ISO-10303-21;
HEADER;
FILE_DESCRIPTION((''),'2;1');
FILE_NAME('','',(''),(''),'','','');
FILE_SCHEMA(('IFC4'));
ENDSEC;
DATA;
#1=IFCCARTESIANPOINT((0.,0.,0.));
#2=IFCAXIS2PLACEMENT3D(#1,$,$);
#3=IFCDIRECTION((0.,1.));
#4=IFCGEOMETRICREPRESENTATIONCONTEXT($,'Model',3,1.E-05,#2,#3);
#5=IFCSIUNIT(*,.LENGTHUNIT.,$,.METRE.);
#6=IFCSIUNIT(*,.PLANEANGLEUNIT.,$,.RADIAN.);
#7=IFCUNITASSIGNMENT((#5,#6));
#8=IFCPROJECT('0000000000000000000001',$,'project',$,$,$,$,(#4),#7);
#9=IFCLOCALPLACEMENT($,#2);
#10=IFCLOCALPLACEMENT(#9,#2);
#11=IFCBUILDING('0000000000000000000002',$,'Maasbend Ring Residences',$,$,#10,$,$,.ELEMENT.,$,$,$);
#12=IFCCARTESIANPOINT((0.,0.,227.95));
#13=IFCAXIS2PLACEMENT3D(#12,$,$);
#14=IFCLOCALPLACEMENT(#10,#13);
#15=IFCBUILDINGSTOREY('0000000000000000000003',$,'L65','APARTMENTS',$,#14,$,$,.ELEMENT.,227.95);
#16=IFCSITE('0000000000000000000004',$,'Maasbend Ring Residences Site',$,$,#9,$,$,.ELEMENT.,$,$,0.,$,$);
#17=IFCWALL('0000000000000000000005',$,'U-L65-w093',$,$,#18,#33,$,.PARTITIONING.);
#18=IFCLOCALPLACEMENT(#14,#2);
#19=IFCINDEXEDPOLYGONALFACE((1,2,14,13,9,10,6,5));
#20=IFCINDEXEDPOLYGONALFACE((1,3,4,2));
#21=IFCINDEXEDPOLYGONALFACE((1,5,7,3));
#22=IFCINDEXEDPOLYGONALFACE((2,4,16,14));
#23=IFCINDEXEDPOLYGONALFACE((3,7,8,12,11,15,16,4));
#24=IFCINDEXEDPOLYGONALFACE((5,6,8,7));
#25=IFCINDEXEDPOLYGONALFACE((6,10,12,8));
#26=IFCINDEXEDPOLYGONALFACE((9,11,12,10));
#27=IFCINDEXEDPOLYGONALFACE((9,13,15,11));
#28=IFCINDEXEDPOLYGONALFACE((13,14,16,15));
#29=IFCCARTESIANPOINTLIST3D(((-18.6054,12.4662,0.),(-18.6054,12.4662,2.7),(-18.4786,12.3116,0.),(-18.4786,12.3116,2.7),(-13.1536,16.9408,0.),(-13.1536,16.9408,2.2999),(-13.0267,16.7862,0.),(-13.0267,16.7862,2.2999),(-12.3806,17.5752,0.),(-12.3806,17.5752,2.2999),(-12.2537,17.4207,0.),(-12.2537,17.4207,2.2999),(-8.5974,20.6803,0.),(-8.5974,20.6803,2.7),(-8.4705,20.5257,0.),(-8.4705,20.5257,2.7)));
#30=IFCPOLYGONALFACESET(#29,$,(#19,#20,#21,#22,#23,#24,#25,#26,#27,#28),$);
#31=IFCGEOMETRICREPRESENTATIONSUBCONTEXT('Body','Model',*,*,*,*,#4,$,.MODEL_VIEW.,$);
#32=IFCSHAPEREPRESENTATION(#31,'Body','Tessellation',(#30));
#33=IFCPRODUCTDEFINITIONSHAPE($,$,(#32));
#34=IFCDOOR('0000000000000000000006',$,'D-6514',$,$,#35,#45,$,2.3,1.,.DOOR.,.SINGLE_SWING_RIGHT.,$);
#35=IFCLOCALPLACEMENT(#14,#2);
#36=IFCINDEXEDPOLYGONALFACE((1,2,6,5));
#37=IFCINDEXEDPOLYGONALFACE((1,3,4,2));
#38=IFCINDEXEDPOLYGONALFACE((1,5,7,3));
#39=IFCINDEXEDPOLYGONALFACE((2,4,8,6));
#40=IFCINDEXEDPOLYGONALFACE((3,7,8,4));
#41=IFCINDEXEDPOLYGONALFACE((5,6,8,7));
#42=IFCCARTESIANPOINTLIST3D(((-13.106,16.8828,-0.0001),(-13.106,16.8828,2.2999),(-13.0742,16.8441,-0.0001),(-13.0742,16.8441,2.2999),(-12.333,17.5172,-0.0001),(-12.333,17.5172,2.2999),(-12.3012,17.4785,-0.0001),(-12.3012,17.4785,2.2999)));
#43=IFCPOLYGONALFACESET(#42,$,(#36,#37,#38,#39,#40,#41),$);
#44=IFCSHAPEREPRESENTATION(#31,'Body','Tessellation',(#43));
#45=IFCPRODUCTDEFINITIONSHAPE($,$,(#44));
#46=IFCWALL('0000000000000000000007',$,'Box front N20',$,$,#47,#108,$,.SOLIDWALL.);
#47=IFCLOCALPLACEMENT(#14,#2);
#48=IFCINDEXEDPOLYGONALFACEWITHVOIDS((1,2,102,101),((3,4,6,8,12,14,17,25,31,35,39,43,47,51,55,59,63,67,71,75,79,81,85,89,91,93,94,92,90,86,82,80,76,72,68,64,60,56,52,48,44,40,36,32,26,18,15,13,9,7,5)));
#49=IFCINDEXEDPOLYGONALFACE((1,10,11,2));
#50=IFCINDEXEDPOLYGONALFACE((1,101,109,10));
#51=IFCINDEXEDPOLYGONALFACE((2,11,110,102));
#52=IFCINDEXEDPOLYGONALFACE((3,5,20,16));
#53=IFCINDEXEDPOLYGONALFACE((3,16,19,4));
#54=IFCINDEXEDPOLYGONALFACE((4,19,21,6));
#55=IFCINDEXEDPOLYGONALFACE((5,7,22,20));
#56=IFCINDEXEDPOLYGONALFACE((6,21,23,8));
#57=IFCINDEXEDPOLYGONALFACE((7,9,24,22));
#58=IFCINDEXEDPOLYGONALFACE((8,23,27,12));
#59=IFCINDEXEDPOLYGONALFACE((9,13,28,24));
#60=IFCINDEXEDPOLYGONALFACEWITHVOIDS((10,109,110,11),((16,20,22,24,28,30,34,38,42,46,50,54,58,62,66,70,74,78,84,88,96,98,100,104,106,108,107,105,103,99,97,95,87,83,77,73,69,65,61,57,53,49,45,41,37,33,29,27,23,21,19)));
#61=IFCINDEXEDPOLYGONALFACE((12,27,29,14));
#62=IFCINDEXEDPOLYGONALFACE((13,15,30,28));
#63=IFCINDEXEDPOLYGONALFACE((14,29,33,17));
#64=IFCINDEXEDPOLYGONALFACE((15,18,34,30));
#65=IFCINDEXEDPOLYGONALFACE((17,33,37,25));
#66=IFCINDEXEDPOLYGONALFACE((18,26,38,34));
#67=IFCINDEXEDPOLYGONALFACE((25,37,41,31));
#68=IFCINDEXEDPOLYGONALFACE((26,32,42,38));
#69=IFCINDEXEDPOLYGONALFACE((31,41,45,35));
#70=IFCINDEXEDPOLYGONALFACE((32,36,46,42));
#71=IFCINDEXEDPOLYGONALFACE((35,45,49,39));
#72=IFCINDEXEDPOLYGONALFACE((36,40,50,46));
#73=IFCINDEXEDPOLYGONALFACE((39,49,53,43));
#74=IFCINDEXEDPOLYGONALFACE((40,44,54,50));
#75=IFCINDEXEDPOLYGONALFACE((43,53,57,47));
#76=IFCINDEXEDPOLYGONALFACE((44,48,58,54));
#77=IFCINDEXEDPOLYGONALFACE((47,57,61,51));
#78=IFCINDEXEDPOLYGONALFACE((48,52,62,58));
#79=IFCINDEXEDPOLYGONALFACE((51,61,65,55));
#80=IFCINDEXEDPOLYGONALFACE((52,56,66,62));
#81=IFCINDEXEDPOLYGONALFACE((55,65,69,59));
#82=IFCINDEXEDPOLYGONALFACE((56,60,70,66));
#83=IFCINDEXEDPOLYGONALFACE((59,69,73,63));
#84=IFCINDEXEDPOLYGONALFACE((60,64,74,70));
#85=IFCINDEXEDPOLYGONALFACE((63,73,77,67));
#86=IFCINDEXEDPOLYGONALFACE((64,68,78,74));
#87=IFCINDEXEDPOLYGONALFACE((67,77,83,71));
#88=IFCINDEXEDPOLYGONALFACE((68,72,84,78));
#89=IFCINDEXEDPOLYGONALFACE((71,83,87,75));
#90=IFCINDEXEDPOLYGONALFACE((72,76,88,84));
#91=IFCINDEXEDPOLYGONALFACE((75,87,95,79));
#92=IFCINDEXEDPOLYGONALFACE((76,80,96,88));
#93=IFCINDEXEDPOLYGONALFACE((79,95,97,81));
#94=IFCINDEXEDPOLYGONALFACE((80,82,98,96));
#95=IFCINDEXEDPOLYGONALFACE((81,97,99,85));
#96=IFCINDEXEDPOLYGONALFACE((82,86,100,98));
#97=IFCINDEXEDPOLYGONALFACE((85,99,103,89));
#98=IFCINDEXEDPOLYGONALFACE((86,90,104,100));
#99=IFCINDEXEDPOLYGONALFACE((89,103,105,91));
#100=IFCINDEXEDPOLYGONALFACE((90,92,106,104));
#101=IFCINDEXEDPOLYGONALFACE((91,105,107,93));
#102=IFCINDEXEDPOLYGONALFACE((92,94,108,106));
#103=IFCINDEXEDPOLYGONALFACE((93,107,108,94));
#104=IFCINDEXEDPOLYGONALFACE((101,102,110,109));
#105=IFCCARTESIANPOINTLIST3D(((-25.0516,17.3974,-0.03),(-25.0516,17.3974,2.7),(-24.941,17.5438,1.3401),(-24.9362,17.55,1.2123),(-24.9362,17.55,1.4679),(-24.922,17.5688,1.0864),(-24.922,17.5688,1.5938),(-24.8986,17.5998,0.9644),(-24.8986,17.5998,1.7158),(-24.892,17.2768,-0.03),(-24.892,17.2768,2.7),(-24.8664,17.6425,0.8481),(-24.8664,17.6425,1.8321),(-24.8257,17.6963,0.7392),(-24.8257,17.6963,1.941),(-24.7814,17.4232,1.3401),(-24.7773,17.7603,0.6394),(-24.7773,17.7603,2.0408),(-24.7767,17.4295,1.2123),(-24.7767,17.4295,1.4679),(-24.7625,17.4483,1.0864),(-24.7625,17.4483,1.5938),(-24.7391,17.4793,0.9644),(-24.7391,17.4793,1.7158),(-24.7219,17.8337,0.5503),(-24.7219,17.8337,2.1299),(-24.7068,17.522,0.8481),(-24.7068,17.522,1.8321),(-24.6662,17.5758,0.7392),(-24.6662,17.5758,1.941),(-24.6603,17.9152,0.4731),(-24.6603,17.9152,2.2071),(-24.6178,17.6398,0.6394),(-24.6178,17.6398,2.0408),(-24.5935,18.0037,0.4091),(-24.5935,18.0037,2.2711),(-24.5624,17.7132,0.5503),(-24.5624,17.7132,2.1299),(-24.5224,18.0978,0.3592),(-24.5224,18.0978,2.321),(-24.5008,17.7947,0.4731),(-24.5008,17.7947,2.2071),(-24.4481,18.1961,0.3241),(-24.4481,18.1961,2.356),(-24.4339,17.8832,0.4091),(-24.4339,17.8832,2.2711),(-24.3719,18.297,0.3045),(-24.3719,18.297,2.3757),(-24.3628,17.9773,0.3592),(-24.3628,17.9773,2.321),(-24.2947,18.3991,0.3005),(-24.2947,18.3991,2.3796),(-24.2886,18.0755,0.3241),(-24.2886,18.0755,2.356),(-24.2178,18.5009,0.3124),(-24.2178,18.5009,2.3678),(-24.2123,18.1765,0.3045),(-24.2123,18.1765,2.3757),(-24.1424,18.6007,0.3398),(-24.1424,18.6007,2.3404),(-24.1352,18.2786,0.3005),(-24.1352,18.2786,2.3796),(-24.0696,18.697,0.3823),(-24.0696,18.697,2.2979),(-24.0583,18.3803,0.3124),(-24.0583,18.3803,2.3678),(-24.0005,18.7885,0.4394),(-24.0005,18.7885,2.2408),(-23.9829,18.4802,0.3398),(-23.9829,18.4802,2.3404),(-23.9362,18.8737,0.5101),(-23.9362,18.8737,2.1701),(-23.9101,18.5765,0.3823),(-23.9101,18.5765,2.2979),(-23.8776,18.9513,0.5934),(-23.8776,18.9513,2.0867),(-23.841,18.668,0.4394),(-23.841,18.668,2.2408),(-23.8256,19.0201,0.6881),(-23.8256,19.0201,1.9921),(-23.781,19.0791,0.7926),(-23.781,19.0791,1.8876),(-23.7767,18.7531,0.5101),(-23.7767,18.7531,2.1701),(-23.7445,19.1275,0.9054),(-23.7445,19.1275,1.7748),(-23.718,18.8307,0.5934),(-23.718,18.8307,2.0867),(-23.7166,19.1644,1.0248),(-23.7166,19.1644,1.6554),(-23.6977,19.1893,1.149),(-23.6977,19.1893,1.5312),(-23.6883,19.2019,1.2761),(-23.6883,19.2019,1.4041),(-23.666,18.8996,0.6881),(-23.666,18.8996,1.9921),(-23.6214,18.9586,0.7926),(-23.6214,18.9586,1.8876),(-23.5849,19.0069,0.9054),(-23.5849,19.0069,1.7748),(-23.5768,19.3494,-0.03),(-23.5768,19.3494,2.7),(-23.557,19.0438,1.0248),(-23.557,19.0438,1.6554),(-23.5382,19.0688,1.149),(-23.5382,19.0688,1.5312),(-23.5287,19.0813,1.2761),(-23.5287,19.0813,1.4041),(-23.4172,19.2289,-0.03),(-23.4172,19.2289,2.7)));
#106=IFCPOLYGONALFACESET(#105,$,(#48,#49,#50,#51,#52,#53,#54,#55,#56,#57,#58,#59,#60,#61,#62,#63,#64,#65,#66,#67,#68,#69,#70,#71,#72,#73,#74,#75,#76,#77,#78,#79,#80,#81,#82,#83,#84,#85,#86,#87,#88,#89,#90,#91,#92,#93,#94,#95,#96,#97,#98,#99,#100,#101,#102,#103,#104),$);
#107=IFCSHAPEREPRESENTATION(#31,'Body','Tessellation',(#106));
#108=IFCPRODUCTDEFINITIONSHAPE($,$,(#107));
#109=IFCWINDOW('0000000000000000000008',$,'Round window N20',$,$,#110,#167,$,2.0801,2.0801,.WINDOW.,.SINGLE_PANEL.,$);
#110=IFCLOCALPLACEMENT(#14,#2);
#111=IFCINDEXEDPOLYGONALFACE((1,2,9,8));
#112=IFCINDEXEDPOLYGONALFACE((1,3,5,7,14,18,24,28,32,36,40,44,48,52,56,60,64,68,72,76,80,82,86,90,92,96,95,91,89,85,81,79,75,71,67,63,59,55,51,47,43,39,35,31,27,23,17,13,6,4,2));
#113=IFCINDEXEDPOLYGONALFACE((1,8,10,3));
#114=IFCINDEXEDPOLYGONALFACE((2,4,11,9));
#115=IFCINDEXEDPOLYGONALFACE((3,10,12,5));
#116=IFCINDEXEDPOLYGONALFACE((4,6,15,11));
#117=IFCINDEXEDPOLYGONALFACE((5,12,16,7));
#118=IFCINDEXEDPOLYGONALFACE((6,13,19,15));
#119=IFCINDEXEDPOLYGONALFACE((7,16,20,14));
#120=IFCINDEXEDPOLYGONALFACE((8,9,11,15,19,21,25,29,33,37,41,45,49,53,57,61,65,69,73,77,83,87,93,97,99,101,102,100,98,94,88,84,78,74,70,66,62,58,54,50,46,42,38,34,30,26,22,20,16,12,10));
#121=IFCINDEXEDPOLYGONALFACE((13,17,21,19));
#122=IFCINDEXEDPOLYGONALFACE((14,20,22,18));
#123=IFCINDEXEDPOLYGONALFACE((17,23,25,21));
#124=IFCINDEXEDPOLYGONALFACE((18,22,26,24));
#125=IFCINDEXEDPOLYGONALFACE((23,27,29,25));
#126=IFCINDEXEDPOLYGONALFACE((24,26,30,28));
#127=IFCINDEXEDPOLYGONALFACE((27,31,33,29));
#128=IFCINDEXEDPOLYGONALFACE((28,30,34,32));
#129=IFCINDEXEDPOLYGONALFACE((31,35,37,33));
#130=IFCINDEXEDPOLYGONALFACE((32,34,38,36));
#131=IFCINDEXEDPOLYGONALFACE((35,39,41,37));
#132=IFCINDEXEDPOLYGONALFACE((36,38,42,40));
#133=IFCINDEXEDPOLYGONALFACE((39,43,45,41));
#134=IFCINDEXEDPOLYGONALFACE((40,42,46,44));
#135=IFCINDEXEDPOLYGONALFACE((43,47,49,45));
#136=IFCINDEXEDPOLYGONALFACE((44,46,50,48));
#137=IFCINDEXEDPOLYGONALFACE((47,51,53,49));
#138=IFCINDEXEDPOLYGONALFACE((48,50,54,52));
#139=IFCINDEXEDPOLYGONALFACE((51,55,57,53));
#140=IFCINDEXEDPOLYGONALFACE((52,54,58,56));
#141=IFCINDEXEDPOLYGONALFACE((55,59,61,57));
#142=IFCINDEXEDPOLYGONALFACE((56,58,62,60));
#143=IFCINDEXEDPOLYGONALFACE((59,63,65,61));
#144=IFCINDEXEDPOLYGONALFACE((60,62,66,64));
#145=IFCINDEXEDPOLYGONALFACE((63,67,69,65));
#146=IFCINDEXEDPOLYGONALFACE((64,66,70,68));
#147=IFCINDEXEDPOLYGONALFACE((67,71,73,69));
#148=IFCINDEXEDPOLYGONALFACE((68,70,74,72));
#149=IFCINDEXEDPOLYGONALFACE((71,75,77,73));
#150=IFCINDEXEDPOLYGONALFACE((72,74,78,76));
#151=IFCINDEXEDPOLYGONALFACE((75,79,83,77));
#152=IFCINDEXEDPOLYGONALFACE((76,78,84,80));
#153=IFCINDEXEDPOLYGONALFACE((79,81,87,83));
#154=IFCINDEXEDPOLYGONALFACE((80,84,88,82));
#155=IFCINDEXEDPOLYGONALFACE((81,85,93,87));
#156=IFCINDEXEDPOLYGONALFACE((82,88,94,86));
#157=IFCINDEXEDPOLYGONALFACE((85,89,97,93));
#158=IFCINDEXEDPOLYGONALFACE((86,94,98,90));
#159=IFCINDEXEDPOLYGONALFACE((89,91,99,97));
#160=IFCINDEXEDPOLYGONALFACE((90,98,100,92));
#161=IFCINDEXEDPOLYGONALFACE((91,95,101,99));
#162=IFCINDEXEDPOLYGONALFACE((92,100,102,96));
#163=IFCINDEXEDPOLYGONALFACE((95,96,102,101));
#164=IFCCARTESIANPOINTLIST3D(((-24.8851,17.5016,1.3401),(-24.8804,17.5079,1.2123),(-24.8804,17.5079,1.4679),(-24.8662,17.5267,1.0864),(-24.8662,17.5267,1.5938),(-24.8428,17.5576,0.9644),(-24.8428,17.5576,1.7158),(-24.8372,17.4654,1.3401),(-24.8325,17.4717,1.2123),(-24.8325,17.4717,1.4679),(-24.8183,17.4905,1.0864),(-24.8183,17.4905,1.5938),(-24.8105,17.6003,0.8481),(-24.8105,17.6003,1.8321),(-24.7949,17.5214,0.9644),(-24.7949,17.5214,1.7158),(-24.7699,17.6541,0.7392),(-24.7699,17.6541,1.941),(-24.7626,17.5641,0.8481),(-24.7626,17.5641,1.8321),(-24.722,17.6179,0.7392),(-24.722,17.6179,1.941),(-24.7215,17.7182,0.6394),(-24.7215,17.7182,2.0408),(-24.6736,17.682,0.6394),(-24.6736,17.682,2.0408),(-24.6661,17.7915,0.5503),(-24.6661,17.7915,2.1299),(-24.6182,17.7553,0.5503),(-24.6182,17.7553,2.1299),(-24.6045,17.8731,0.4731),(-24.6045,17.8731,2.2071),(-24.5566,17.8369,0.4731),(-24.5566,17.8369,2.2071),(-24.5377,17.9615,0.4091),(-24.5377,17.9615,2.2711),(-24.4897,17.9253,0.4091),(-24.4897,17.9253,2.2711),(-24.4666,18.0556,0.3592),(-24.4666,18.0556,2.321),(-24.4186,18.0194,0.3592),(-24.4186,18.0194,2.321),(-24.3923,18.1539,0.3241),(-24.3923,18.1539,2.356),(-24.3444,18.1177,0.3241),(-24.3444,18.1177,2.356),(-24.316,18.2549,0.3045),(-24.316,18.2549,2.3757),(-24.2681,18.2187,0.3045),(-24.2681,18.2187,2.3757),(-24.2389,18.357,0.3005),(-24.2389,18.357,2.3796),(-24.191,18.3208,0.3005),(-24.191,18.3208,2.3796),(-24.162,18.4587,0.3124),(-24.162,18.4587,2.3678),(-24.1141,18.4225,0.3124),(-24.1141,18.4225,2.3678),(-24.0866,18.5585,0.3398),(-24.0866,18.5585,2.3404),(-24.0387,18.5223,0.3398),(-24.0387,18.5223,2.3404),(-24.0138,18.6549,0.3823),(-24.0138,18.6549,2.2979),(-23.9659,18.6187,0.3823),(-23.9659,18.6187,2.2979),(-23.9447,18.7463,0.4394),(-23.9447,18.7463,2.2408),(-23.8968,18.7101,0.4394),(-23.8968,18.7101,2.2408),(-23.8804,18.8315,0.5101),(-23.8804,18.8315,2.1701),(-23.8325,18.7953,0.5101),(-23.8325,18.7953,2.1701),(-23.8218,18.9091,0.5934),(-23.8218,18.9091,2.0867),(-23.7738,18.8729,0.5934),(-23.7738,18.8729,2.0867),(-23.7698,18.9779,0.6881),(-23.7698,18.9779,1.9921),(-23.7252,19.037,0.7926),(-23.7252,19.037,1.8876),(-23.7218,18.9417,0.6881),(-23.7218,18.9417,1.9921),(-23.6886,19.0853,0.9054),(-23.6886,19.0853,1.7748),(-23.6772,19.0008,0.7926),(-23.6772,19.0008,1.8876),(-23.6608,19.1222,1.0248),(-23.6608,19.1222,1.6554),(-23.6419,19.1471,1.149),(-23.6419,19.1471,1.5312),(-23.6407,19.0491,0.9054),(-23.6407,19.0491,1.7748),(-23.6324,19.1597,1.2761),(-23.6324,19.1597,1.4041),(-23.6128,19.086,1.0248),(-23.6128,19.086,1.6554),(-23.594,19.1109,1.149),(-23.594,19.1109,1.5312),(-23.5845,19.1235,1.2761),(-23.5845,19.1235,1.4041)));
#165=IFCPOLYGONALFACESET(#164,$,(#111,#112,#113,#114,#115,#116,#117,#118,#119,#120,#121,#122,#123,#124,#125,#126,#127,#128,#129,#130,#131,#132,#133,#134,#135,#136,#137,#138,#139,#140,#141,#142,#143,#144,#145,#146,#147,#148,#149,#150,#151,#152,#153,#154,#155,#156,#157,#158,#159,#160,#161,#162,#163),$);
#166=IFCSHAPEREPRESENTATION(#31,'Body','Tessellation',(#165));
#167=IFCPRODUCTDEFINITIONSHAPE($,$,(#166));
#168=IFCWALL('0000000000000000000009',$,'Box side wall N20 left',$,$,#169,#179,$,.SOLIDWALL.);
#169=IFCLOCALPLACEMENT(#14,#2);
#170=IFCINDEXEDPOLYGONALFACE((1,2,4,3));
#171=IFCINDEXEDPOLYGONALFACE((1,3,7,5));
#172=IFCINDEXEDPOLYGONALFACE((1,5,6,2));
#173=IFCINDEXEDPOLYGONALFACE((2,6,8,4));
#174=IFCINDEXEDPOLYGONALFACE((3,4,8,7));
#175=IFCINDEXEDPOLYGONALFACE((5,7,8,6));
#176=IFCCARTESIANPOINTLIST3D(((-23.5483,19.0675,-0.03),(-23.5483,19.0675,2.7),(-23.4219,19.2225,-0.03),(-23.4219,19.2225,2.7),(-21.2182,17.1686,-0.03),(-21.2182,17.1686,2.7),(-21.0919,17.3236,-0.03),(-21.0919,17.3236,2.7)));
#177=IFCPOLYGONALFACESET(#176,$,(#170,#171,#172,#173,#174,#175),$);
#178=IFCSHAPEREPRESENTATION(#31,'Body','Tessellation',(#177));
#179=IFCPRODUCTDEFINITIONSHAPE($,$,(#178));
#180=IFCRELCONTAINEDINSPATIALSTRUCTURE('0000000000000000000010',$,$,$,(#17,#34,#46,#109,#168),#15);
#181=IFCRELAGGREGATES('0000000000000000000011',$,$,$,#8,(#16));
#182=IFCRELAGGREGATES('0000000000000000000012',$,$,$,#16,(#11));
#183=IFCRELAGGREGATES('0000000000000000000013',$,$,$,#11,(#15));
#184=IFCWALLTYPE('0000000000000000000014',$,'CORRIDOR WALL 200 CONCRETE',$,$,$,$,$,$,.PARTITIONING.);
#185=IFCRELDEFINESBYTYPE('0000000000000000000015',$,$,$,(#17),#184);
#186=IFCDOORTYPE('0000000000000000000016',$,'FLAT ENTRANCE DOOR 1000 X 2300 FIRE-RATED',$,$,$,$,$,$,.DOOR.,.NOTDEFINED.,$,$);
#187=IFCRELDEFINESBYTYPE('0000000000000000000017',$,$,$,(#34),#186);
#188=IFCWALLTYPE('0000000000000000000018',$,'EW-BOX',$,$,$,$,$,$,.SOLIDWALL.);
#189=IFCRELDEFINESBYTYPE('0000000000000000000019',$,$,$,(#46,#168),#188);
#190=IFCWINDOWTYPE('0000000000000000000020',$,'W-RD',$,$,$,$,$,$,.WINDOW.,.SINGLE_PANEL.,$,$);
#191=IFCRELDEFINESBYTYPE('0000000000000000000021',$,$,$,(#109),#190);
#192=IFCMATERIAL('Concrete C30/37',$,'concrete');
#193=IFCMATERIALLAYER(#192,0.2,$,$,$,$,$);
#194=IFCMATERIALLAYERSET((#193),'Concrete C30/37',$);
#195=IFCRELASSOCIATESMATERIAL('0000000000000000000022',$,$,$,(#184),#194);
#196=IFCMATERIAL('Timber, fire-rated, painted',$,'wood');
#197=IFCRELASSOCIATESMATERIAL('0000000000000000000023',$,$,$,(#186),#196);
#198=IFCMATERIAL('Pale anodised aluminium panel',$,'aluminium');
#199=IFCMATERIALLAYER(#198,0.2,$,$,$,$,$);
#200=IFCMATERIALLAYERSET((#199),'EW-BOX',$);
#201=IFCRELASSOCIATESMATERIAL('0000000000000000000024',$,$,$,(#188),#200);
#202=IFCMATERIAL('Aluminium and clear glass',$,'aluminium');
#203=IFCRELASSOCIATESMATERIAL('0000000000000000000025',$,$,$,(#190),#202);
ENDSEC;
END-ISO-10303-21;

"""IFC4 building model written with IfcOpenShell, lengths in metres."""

from ifc_helpers import new_model, si_unit, direction, frame, frame_2d, origin, place, context, subcontext, project, spatial, rectangle, circle, extrude, material, layer, layer_set, type_object, element, fill, save


model = new_model("IFC4")

# Units and contexts
model_context = context("Model", 3, precision=1e-05, world=origin(), true_north=direction((0.0, 1.0)))
body_context = subcontext(model_context, "Body", "Model", "MODEL_VIEW")
ifc_project = project(units=[si_unit("LENGTHUNIT", "METRE"), si_unit("PLANEANGLEUNIT", "RADIAN")], contexts=[model_context])

# Site, building, storey
site_placement = place(None, origin())
site = spatial("IfcSite", under=ifc_project, at=site_placement, Name="Maasbend Ring Residences Site", CompositionType="ELEMENT", RefElevation=0.0)
building_placement = place(site_placement, origin())
building = spatial("IfcBuilding", under=site, at=building_placement, Name="Maasbend Ring Residences", CompositionType="ELEMENT")
storey_placement = place(building_placement, frame((0.0, 0.0, 227.95)))
storey = spatial("IfcBuildingStorey", under=building, at=storey_placement, Name="L65", Description="APARTMENTS", CompositionType="ELEMENT", Elevation=227.95)

# Wall, opening, door
ifc_material_1 = material(Name="Concrete C30/37", Category="concrete")
ifc_layer_1 = layer(ifc_material_1, 0.2)
ifc_layer_set_1 = layer_set([ifc_layer_1], Name="Concrete C30/37")
wall_type_1 = type_object("IfcWallType", Name="CORRIDOR WALL 200 CONCRETE", PredefinedType="PARTITIONING", material=ifc_layer_set_1)
wall_1_placement = place(storey_placement, frame((-18.542, 12.3889, 0.0), z_axis=(0.0, 0.0, 1.0), x_axis=(0.772984, 0.634426, 0.0)))
wall_1 = element("IfcWall", 1, at=wall_1_placement, inside=storey, type_object=wall_type_1, Name="U-L65-w093", PredefinedType="PARTITIONING", context=body_context, shape_type="SweptSolid", body=[
    extrude(rectangle(XDim=12.9473, YDim=0.2, at=frame_2d((6.4736, 0.0))), origin(), (0.0, 0.0, 1.0), 2.7),
])
opening_1_placement = place(wall_1_placement, frame((7.053, 0.0, 0.0)))
opening_1 = element("IfcOpeningElement", 2, at=opening_1_placement, cuts=wall_1, PredefinedType="OPENING", context=body_context, shape_type="SweptSolid", body=[
    extrude(rectangle(XDim=1.0, YDim=2.3, at=frame_2d((0.5, 1.1499))), frame((0.0, 0.1099, 0.0), z_axis=(0.0, -1.0, 0.0), x_axis=(1.0, 0.0, 0.0)), (0.0, 0.0, 1.0), 0.22),
])
ifc_material_2 = material(Name="Timber, fire-rated, painted", Category="wood")
door_type_1 = type_object("IfcDoorType", Name="FLAT ENTRANCE DOOR 1000 X 2300 FIRE-RATED", OperationType="NOTDEFINED", PredefinedType="DOOR", material=ifc_material_2)
door_1_placement = place(opening_1_placement, origin())
door_1 = element("IfcDoor", 3, at=door_1_placement, inside=storey, type_object=door_type_1, Name="D-6514", OperationType="SINGLE_SWING_RIGHT", OverallHeight=2.3, OverallWidth=1.0, PredefinedType="DOOR", context=body_context, shape_type="SweptSolid", body=[
    extrude(rectangle(XDim=1.0, YDim=2.3, at=frame_2d((0.5, 1.1499))), frame((0.0, 0.0249, 0.0), z_axis=(0.0, -1.0, 0.0), x_axis=(1.0, 0.0, 0.0)), (0.0, 0.0, 1.0), 0.05),
])
fill(opening_1, door_1)

# Wall, opening, window
ifc_material_3 = material(Name="Pale anodised aluminium panel", Category="aluminium")
ifc_layer_2 = layer(ifc_material_3, 0.2)
ifc_layer_set_2 = layer_set([ifc_layer_2], Name="EW-BOX")
wall_type_2 = type_object("IfcWallType", Name="EW-BOX", PredefinedType="SOLIDWALL", material=ifc_layer_set_2)
wall_2_placement = place(storey_placement, frame((-23.4971, 19.2891, -0.03), z_axis=(0.0, 0.0, 1.0), x_axis=(-0.602806, -0.797888, 0.0)))
wall_2 = element("IfcWall", 4, at=wall_2_placement, inside=storey, type_object=wall_type_2, Name="Box front N20", PredefinedType="SOLIDWALL", context=body_context, shape_type="SweptSolid", body=[
    extrude(rectangle(XDim=2.4465, YDim=0.2, at=frame_2d((1.2231, 0.0))), origin(), (0.0, 0.0, 1.0), 2.73),
])
opening_2_placement = place(wall_2_placement, frame((0.1829, 0.0, 0.3301)))
opening_2 = element("IfcOpeningElement", 5, at=opening_2_placement, cuts=wall_2, PredefinedType="OPENING", context=body_context, shape_type="SweptSolid", body=[
    extrude(circle(Radius=1.04, at=frame_2d((1.04, 1.04))), frame((0.0, 0.1099, 0.0), z_axis=(0.0, -1.0, 0.0), x_axis=(1.0, 0.0, 0.0)), (0.0, 0.0, 1.0), 0.22),
])
ifc_material_4 = material(Name="Aluminium and clear glass", Category="aluminium")
window_type_1 = type_object("IfcWindowType", Name="W-RD", PartitioningType="SINGLE_PANEL", PredefinedType="WINDOW", material=ifc_material_4)
window_1_placement = place(opening_2_placement, origin())
window_1 = element("IfcWindow", 6, at=window_1_placement, inside=storey, type_object=window_type_1, Name="Round window N20", OverallHeight=2.0801, OverallWidth=2.0801, PartitioningType="SINGLE_PANEL", PredefinedType="WINDOW", context=body_context, shape_type="SweptSolid", body=[
    extrude(circle(Radius=1.04, at=frame_2d((1.04, 1.04))), frame((0.0, 0.03, 0.0), z_axis=(0.0, -1.0, 0.0), x_axis=(1.0, 0.0, 0.0)), (0.0, 0.0, 1.0), 0.0601),
])
fill(opening_2, window_1)

# Wall
wall_3_placement = place(storey_placement, frame((-21.155, 17.2461, -0.03), z_axis=(0.0, 0.0, 1.0), x_axis=(-0.775179, 0.631742, 0.0)))
element("IfcWall", 7, at=wall_3_placement, inside=storey, type_object=wall_type_2, Name="Box side wall N20 left", PredefinedType="SOLIDWALL", context=body_context, shape_type="SweptSolid", body=[
    extrude(rectangle(XDim=3.0059, YDim=0.2, at=frame_2d((1.5029, 0.0))), origin(), (0.0, 0.0, 1.0), 2.73),
])

save(model, "model.ifc")
